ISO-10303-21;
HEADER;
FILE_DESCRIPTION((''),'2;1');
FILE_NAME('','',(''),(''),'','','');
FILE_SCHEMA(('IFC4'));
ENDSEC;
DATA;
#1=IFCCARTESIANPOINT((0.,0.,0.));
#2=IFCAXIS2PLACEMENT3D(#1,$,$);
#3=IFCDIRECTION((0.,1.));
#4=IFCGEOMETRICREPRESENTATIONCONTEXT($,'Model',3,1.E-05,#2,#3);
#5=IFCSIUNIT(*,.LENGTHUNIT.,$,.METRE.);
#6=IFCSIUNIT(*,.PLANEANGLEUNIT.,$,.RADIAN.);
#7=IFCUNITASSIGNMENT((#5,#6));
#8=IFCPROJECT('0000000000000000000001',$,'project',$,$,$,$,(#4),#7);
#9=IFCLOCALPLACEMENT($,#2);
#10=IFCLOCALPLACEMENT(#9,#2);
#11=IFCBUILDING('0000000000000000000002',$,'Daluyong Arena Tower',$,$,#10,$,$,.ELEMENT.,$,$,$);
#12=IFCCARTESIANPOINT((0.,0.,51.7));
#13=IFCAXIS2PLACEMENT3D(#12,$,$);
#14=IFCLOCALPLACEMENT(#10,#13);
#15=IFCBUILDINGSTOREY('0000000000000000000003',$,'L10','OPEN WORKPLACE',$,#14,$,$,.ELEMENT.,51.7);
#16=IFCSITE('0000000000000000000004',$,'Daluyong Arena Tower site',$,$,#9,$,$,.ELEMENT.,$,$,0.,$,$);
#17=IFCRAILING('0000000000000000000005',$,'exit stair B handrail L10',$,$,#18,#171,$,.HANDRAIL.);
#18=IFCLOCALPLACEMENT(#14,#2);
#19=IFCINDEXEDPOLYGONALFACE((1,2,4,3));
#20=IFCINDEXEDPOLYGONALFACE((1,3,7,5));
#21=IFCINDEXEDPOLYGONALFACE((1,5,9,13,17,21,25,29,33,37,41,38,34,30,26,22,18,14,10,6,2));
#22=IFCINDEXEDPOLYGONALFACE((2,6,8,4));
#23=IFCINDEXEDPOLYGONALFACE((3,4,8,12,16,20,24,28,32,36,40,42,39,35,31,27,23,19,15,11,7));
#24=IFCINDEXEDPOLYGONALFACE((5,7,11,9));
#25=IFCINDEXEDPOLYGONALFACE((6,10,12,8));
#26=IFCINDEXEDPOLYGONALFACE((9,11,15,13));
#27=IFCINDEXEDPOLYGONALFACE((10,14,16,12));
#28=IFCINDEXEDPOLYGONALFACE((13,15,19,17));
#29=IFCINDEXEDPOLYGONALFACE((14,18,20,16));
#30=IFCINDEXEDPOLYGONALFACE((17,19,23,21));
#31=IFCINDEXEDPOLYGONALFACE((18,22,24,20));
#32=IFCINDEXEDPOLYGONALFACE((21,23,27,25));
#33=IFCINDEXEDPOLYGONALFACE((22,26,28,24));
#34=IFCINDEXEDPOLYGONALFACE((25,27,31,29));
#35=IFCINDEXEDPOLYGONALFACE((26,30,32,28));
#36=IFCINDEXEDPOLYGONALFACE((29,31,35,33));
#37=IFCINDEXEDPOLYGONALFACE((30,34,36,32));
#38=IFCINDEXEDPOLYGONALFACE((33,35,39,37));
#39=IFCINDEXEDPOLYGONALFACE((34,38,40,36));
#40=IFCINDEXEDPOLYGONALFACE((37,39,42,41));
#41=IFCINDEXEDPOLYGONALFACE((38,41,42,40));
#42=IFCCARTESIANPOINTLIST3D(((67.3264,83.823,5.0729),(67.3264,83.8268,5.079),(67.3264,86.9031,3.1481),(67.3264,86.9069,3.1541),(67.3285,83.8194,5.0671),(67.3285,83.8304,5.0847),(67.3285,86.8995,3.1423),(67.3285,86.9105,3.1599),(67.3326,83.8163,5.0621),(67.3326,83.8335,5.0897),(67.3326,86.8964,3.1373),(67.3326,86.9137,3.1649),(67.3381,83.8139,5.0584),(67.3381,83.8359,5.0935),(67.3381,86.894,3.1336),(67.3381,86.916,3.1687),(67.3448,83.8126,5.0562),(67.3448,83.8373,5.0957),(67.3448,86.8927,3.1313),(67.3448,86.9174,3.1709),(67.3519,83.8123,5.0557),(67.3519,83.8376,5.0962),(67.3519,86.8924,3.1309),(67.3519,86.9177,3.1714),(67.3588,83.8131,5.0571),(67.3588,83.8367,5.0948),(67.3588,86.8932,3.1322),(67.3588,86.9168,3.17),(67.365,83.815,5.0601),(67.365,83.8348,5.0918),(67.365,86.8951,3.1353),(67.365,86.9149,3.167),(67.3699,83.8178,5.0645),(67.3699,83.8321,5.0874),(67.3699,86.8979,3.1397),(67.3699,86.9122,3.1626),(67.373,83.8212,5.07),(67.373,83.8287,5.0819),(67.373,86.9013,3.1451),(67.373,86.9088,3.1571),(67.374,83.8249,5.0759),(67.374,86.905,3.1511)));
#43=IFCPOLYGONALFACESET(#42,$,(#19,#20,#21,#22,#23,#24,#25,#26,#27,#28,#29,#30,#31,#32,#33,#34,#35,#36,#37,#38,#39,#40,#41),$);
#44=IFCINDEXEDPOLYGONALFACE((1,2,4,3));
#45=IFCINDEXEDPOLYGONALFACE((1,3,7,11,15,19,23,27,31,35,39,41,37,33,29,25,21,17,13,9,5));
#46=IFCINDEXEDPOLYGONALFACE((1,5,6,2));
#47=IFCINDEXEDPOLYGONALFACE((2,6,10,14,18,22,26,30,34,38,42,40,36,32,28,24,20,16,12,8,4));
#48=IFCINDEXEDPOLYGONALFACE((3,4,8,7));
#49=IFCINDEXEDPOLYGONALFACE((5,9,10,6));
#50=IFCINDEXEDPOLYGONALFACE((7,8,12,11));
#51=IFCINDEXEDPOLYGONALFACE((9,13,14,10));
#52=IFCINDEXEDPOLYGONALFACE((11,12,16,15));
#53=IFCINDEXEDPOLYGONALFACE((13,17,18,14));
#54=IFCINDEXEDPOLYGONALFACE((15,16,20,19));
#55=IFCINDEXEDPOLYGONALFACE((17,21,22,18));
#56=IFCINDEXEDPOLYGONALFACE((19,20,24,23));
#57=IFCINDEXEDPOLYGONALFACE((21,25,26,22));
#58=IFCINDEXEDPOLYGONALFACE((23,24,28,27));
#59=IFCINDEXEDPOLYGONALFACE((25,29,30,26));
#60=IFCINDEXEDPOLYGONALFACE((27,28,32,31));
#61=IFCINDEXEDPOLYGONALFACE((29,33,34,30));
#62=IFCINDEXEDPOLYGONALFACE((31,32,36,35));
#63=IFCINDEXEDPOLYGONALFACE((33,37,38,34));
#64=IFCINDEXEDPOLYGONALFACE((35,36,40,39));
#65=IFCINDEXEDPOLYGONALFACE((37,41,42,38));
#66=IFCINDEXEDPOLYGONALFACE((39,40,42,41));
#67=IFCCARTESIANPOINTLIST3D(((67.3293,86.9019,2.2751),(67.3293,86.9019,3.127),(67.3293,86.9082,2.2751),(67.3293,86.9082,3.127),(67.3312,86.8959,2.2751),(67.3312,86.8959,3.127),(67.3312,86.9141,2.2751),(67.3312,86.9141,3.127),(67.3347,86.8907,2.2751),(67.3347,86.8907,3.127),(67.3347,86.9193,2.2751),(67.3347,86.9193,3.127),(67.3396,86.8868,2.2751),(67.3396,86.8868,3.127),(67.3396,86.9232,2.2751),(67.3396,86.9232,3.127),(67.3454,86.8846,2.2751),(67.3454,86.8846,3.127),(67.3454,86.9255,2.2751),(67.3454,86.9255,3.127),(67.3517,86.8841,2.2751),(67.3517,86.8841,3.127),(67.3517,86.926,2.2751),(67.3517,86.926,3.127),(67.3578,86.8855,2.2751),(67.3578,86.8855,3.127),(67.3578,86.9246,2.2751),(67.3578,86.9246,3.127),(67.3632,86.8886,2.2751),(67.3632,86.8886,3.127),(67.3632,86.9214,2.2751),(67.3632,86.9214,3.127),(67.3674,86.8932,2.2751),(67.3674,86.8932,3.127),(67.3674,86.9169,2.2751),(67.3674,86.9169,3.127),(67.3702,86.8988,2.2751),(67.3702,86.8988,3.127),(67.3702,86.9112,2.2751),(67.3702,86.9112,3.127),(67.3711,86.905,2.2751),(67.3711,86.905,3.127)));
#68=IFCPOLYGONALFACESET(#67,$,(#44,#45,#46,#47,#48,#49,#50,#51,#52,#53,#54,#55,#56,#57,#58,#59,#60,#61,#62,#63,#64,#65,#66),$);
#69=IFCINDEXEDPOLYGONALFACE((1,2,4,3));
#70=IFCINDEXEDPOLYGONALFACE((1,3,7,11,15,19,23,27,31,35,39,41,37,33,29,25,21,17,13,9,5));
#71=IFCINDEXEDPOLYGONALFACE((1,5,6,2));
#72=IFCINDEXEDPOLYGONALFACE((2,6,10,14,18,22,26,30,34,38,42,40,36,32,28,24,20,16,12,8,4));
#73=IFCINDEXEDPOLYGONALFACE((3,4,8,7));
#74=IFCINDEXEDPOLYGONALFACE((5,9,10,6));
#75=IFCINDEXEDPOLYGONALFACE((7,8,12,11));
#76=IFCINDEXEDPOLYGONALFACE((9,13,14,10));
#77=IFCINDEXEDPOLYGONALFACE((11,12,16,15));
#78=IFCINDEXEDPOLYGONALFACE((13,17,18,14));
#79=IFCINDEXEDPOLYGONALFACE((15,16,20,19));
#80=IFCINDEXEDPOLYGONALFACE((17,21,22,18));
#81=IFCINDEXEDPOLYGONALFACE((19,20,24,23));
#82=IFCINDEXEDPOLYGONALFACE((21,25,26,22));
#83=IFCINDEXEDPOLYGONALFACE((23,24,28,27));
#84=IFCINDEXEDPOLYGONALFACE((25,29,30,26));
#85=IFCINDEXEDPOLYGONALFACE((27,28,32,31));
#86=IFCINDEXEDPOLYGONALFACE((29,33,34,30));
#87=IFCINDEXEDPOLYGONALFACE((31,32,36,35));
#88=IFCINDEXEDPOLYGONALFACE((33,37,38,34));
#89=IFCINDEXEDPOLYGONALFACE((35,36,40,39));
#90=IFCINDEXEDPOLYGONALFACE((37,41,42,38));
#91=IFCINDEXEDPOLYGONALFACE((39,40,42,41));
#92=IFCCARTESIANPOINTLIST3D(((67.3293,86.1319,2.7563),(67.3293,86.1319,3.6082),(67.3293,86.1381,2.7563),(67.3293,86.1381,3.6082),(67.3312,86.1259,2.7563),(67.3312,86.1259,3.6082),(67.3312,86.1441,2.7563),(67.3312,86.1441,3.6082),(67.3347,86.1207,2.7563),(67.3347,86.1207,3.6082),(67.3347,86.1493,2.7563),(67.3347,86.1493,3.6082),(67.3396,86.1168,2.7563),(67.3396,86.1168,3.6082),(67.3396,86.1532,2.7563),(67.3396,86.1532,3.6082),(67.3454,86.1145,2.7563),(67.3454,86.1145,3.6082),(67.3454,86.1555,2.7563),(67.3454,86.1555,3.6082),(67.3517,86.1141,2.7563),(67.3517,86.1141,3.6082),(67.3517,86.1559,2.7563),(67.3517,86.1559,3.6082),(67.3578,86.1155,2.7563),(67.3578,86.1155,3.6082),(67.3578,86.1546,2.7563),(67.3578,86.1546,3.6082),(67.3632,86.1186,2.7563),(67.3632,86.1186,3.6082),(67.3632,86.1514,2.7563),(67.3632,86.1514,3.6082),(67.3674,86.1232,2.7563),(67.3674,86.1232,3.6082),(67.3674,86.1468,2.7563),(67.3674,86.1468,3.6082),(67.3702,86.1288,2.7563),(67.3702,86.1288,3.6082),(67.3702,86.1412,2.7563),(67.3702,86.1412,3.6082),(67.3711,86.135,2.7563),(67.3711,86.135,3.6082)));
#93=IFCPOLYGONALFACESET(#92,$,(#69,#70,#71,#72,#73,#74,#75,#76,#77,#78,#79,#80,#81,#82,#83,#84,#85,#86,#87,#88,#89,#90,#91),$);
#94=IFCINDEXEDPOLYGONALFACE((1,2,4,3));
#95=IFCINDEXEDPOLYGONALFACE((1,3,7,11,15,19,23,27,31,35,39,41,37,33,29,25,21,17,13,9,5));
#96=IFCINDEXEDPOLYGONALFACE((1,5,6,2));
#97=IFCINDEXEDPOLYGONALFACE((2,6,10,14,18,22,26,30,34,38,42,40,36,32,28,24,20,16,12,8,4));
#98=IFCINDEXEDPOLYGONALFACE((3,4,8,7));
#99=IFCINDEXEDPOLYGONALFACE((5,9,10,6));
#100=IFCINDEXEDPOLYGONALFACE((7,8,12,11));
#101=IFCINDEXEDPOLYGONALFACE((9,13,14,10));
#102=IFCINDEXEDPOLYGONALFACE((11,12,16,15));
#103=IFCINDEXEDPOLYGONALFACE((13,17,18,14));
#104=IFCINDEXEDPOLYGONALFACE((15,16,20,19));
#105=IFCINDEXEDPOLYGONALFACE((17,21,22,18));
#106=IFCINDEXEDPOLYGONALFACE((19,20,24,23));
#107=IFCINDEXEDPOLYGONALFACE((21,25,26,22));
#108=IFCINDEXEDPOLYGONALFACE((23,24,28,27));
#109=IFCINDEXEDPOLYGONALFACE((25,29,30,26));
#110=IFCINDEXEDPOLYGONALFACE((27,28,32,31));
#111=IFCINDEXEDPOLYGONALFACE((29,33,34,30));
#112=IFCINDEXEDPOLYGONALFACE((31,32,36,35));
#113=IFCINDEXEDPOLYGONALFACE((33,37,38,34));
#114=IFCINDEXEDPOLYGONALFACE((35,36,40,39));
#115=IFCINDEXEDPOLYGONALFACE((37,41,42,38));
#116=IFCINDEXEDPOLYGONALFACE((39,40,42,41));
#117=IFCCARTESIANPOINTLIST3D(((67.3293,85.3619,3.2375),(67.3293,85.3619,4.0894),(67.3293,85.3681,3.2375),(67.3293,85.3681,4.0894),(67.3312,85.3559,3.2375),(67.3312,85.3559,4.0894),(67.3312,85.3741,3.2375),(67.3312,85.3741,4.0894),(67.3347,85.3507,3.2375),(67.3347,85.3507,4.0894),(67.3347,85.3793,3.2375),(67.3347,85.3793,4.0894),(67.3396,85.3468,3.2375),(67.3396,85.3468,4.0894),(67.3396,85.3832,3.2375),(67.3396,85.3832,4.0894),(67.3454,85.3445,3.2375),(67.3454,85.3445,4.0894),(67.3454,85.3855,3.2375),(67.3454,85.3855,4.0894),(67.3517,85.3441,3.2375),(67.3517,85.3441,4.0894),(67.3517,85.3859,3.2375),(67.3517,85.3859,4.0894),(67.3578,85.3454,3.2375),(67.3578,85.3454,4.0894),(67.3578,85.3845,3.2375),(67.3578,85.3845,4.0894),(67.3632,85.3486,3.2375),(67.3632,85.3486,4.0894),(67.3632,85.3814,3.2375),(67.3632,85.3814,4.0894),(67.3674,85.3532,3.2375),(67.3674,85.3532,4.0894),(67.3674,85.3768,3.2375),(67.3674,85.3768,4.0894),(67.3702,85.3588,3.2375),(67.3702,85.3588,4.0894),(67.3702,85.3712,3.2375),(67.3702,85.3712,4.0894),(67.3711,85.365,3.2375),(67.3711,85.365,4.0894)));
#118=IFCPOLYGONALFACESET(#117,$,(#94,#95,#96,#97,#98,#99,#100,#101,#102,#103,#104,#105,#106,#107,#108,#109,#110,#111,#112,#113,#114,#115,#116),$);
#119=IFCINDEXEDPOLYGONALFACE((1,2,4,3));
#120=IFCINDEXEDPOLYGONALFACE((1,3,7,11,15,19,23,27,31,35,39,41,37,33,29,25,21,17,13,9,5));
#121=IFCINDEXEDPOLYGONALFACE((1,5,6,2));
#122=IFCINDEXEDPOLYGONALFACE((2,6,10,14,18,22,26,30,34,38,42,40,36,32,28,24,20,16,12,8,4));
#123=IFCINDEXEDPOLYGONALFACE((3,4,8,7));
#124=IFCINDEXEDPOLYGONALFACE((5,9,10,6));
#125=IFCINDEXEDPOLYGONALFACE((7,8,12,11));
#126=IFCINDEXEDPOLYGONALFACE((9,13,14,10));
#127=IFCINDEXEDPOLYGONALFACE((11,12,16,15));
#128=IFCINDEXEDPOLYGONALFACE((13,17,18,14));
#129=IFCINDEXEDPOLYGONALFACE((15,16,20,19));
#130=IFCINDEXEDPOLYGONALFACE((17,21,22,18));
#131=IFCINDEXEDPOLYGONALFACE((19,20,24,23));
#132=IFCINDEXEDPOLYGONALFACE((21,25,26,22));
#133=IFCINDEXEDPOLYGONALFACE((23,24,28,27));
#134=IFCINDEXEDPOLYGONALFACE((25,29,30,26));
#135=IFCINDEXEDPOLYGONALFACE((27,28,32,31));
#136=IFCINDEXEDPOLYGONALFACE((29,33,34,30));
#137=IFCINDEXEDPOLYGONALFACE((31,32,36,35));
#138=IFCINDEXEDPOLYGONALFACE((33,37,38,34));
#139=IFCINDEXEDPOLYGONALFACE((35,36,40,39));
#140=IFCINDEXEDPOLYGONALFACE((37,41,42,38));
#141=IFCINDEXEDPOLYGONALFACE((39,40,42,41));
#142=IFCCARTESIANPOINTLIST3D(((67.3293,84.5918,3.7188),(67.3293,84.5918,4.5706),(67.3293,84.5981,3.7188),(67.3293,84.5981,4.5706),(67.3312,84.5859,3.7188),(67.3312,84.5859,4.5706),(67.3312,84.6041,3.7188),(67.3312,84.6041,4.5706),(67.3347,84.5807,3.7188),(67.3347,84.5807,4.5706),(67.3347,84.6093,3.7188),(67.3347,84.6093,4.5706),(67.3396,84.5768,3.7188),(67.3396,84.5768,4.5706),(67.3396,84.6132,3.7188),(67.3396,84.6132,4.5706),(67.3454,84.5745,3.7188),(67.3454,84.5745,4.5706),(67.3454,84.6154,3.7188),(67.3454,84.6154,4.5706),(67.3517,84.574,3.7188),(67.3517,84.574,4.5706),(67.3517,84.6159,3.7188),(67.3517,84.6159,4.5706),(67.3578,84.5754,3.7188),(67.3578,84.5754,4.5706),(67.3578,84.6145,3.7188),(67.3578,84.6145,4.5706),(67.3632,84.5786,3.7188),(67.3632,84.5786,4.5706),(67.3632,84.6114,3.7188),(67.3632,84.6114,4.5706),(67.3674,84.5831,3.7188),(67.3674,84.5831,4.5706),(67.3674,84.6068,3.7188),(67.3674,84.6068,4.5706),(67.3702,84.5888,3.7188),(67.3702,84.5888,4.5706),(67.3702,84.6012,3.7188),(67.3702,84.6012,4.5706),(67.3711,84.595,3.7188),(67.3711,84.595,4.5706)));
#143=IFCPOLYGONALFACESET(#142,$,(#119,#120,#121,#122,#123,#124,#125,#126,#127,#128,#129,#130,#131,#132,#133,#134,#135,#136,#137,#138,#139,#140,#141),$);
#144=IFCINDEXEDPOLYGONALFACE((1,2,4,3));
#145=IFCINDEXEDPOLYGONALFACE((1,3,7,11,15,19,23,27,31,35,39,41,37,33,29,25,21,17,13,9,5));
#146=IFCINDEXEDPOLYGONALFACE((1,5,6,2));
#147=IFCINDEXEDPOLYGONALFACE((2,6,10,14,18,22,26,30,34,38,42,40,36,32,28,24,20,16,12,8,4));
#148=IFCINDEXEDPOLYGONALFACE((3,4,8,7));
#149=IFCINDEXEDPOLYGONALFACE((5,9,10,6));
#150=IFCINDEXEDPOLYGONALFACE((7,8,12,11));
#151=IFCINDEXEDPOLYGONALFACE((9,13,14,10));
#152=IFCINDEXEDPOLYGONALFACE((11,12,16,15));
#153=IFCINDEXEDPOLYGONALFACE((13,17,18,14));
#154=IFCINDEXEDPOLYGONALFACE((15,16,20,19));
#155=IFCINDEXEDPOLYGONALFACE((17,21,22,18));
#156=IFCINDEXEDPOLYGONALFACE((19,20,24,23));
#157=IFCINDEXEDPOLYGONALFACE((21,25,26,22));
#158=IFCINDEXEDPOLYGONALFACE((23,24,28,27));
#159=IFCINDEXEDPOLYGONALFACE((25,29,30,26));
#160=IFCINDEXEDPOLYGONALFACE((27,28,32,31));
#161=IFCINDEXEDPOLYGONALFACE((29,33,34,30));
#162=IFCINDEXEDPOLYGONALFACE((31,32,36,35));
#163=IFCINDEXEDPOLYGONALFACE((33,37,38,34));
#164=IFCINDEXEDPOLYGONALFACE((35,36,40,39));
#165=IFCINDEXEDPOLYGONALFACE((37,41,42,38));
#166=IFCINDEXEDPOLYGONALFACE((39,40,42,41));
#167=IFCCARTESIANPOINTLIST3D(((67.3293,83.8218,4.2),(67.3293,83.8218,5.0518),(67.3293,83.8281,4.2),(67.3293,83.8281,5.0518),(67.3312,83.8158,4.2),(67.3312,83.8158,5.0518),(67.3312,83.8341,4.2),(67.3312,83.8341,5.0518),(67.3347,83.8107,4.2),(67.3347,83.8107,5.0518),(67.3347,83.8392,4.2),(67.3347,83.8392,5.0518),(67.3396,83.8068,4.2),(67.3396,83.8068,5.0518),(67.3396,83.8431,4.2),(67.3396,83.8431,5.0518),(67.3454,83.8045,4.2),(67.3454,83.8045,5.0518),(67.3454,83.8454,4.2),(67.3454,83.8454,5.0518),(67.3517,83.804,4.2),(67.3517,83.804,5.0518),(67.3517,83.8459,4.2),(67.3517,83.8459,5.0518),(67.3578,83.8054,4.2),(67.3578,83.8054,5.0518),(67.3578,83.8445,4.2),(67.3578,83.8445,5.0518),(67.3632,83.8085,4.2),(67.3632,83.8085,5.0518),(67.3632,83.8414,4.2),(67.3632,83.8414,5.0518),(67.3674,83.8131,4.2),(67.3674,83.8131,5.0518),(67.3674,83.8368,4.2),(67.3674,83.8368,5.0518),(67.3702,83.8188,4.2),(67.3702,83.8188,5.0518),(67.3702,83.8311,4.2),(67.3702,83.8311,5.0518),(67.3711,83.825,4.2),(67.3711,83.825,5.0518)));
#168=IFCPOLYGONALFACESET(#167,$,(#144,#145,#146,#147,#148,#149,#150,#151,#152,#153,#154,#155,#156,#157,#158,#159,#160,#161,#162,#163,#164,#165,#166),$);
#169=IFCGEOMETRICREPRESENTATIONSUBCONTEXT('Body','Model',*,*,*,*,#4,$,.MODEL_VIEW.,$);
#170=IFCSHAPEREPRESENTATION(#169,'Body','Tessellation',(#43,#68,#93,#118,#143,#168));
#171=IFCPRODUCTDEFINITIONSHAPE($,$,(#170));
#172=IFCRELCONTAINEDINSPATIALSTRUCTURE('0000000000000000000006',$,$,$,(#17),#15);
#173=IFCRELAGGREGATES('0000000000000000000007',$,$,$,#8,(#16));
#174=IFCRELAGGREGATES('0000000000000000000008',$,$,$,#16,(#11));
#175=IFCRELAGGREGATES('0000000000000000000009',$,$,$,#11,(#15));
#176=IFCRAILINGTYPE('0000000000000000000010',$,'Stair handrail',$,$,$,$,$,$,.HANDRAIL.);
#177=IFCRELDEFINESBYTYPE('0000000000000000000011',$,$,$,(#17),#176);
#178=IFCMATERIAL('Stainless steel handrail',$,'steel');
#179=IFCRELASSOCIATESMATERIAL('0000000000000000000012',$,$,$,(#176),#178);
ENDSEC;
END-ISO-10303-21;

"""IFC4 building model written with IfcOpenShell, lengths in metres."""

from ifc_helpers import new_model, si_unit, direction, frame, origin, origin_2d, place, context, subcontext, project, spatial, circle, extrude, material, type_object, element, save


model = new_model("IFC4")

# Units and contexts
model_context = context("Model", 3, precision=1e-05, world=origin(), true_north=direction((0.0, 1.0)))
body_context = subcontext(model_context, "Body", "Model", "MODEL_VIEW")
ifc_project = project(units=[si_unit("LENGTHUNIT", "METRE"), si_unit("PLANEANGLEUNIT", "RADIAN")], contexts=[model_context])

# Site, building, storey
site_placement = place(None, origin())
site = spatial("IfcSite", under=ifc_project, at=site_placement, Name="Daluyong Arena Tower site", CompositionType="ELEMENT", RefElevation=0.0)
building_placement = place(site_placement, origin())
building = spatial("IfcBuilding", under=site, at=building_placement, Name="Daluyong Arena Tower", CompositionType="ELEMENT")
storey_placement = place(building_placement, frame((0.0, 0.0, 51.7)))
storey = spatial("IfcBuildingStorey", under=building, at=storey_placement, Name="L10", Description="OPEN WORKPLACE", CompositionType="ELEMENT", Elevation=51.7)

# Railing
ifc_material_1 = material(Name="Stainless steel handrail", Category="steel")
railing_type_1 = type_object("IfcRailingType", Name="Stair handrail", PredefinedType="HANDRAIL", material=ifc_material_1)
railing_1_placement = place(storey_placement, frame((67.3501, 86.905, 2.2751)))
element("IfcRailing", 1, at=railing_1_placement, inside=storey, type_object=railing_type_1, Name="exit stair B handrail L10", PredefinedType="HANDRAIL", context=body_context, shape_type="SweptSolid", body=[
    extrude(circle(Radius=0.0239, at=origin_2d()), frame((0.0, 0.0, 0.876), z_axis=(0.0, -0.848029, 0.529951), x_axis=(1.0, 0.0, 0.0)), (0.0, 0.0, 1.0), 3.6321),
    extrude(circle(Radius=0.021, at=origin_2d()), origin(), (0.0, 0.0, 1.0), 0.8518),
    extrude(circle(Radius=0.021, at=origin_2d()), frame((0.0, -0.77, 0.4812)), (0.0, 0.0, 1.0), 0.8518),
    extrude(circle(Radius=0.021, at=origin_2d()), frame((0.0, -1.54, 0.9624)), (0.0, 0.0, 1.0), 0.8518),
    extrude(circle(Radius=0.021, at=origin_2d()), frame((0.0, -2.3101, 1.4436)), (0.0, 0.0, 1.0), 0.8518),
    extrude(circle(Radius=0.021, at=origin_2d()), frame((0.0, -3.0801, 1.9248)), (0.0, 0.0, 1.0), 0.8518),
])

save(model, "model.ifc")
